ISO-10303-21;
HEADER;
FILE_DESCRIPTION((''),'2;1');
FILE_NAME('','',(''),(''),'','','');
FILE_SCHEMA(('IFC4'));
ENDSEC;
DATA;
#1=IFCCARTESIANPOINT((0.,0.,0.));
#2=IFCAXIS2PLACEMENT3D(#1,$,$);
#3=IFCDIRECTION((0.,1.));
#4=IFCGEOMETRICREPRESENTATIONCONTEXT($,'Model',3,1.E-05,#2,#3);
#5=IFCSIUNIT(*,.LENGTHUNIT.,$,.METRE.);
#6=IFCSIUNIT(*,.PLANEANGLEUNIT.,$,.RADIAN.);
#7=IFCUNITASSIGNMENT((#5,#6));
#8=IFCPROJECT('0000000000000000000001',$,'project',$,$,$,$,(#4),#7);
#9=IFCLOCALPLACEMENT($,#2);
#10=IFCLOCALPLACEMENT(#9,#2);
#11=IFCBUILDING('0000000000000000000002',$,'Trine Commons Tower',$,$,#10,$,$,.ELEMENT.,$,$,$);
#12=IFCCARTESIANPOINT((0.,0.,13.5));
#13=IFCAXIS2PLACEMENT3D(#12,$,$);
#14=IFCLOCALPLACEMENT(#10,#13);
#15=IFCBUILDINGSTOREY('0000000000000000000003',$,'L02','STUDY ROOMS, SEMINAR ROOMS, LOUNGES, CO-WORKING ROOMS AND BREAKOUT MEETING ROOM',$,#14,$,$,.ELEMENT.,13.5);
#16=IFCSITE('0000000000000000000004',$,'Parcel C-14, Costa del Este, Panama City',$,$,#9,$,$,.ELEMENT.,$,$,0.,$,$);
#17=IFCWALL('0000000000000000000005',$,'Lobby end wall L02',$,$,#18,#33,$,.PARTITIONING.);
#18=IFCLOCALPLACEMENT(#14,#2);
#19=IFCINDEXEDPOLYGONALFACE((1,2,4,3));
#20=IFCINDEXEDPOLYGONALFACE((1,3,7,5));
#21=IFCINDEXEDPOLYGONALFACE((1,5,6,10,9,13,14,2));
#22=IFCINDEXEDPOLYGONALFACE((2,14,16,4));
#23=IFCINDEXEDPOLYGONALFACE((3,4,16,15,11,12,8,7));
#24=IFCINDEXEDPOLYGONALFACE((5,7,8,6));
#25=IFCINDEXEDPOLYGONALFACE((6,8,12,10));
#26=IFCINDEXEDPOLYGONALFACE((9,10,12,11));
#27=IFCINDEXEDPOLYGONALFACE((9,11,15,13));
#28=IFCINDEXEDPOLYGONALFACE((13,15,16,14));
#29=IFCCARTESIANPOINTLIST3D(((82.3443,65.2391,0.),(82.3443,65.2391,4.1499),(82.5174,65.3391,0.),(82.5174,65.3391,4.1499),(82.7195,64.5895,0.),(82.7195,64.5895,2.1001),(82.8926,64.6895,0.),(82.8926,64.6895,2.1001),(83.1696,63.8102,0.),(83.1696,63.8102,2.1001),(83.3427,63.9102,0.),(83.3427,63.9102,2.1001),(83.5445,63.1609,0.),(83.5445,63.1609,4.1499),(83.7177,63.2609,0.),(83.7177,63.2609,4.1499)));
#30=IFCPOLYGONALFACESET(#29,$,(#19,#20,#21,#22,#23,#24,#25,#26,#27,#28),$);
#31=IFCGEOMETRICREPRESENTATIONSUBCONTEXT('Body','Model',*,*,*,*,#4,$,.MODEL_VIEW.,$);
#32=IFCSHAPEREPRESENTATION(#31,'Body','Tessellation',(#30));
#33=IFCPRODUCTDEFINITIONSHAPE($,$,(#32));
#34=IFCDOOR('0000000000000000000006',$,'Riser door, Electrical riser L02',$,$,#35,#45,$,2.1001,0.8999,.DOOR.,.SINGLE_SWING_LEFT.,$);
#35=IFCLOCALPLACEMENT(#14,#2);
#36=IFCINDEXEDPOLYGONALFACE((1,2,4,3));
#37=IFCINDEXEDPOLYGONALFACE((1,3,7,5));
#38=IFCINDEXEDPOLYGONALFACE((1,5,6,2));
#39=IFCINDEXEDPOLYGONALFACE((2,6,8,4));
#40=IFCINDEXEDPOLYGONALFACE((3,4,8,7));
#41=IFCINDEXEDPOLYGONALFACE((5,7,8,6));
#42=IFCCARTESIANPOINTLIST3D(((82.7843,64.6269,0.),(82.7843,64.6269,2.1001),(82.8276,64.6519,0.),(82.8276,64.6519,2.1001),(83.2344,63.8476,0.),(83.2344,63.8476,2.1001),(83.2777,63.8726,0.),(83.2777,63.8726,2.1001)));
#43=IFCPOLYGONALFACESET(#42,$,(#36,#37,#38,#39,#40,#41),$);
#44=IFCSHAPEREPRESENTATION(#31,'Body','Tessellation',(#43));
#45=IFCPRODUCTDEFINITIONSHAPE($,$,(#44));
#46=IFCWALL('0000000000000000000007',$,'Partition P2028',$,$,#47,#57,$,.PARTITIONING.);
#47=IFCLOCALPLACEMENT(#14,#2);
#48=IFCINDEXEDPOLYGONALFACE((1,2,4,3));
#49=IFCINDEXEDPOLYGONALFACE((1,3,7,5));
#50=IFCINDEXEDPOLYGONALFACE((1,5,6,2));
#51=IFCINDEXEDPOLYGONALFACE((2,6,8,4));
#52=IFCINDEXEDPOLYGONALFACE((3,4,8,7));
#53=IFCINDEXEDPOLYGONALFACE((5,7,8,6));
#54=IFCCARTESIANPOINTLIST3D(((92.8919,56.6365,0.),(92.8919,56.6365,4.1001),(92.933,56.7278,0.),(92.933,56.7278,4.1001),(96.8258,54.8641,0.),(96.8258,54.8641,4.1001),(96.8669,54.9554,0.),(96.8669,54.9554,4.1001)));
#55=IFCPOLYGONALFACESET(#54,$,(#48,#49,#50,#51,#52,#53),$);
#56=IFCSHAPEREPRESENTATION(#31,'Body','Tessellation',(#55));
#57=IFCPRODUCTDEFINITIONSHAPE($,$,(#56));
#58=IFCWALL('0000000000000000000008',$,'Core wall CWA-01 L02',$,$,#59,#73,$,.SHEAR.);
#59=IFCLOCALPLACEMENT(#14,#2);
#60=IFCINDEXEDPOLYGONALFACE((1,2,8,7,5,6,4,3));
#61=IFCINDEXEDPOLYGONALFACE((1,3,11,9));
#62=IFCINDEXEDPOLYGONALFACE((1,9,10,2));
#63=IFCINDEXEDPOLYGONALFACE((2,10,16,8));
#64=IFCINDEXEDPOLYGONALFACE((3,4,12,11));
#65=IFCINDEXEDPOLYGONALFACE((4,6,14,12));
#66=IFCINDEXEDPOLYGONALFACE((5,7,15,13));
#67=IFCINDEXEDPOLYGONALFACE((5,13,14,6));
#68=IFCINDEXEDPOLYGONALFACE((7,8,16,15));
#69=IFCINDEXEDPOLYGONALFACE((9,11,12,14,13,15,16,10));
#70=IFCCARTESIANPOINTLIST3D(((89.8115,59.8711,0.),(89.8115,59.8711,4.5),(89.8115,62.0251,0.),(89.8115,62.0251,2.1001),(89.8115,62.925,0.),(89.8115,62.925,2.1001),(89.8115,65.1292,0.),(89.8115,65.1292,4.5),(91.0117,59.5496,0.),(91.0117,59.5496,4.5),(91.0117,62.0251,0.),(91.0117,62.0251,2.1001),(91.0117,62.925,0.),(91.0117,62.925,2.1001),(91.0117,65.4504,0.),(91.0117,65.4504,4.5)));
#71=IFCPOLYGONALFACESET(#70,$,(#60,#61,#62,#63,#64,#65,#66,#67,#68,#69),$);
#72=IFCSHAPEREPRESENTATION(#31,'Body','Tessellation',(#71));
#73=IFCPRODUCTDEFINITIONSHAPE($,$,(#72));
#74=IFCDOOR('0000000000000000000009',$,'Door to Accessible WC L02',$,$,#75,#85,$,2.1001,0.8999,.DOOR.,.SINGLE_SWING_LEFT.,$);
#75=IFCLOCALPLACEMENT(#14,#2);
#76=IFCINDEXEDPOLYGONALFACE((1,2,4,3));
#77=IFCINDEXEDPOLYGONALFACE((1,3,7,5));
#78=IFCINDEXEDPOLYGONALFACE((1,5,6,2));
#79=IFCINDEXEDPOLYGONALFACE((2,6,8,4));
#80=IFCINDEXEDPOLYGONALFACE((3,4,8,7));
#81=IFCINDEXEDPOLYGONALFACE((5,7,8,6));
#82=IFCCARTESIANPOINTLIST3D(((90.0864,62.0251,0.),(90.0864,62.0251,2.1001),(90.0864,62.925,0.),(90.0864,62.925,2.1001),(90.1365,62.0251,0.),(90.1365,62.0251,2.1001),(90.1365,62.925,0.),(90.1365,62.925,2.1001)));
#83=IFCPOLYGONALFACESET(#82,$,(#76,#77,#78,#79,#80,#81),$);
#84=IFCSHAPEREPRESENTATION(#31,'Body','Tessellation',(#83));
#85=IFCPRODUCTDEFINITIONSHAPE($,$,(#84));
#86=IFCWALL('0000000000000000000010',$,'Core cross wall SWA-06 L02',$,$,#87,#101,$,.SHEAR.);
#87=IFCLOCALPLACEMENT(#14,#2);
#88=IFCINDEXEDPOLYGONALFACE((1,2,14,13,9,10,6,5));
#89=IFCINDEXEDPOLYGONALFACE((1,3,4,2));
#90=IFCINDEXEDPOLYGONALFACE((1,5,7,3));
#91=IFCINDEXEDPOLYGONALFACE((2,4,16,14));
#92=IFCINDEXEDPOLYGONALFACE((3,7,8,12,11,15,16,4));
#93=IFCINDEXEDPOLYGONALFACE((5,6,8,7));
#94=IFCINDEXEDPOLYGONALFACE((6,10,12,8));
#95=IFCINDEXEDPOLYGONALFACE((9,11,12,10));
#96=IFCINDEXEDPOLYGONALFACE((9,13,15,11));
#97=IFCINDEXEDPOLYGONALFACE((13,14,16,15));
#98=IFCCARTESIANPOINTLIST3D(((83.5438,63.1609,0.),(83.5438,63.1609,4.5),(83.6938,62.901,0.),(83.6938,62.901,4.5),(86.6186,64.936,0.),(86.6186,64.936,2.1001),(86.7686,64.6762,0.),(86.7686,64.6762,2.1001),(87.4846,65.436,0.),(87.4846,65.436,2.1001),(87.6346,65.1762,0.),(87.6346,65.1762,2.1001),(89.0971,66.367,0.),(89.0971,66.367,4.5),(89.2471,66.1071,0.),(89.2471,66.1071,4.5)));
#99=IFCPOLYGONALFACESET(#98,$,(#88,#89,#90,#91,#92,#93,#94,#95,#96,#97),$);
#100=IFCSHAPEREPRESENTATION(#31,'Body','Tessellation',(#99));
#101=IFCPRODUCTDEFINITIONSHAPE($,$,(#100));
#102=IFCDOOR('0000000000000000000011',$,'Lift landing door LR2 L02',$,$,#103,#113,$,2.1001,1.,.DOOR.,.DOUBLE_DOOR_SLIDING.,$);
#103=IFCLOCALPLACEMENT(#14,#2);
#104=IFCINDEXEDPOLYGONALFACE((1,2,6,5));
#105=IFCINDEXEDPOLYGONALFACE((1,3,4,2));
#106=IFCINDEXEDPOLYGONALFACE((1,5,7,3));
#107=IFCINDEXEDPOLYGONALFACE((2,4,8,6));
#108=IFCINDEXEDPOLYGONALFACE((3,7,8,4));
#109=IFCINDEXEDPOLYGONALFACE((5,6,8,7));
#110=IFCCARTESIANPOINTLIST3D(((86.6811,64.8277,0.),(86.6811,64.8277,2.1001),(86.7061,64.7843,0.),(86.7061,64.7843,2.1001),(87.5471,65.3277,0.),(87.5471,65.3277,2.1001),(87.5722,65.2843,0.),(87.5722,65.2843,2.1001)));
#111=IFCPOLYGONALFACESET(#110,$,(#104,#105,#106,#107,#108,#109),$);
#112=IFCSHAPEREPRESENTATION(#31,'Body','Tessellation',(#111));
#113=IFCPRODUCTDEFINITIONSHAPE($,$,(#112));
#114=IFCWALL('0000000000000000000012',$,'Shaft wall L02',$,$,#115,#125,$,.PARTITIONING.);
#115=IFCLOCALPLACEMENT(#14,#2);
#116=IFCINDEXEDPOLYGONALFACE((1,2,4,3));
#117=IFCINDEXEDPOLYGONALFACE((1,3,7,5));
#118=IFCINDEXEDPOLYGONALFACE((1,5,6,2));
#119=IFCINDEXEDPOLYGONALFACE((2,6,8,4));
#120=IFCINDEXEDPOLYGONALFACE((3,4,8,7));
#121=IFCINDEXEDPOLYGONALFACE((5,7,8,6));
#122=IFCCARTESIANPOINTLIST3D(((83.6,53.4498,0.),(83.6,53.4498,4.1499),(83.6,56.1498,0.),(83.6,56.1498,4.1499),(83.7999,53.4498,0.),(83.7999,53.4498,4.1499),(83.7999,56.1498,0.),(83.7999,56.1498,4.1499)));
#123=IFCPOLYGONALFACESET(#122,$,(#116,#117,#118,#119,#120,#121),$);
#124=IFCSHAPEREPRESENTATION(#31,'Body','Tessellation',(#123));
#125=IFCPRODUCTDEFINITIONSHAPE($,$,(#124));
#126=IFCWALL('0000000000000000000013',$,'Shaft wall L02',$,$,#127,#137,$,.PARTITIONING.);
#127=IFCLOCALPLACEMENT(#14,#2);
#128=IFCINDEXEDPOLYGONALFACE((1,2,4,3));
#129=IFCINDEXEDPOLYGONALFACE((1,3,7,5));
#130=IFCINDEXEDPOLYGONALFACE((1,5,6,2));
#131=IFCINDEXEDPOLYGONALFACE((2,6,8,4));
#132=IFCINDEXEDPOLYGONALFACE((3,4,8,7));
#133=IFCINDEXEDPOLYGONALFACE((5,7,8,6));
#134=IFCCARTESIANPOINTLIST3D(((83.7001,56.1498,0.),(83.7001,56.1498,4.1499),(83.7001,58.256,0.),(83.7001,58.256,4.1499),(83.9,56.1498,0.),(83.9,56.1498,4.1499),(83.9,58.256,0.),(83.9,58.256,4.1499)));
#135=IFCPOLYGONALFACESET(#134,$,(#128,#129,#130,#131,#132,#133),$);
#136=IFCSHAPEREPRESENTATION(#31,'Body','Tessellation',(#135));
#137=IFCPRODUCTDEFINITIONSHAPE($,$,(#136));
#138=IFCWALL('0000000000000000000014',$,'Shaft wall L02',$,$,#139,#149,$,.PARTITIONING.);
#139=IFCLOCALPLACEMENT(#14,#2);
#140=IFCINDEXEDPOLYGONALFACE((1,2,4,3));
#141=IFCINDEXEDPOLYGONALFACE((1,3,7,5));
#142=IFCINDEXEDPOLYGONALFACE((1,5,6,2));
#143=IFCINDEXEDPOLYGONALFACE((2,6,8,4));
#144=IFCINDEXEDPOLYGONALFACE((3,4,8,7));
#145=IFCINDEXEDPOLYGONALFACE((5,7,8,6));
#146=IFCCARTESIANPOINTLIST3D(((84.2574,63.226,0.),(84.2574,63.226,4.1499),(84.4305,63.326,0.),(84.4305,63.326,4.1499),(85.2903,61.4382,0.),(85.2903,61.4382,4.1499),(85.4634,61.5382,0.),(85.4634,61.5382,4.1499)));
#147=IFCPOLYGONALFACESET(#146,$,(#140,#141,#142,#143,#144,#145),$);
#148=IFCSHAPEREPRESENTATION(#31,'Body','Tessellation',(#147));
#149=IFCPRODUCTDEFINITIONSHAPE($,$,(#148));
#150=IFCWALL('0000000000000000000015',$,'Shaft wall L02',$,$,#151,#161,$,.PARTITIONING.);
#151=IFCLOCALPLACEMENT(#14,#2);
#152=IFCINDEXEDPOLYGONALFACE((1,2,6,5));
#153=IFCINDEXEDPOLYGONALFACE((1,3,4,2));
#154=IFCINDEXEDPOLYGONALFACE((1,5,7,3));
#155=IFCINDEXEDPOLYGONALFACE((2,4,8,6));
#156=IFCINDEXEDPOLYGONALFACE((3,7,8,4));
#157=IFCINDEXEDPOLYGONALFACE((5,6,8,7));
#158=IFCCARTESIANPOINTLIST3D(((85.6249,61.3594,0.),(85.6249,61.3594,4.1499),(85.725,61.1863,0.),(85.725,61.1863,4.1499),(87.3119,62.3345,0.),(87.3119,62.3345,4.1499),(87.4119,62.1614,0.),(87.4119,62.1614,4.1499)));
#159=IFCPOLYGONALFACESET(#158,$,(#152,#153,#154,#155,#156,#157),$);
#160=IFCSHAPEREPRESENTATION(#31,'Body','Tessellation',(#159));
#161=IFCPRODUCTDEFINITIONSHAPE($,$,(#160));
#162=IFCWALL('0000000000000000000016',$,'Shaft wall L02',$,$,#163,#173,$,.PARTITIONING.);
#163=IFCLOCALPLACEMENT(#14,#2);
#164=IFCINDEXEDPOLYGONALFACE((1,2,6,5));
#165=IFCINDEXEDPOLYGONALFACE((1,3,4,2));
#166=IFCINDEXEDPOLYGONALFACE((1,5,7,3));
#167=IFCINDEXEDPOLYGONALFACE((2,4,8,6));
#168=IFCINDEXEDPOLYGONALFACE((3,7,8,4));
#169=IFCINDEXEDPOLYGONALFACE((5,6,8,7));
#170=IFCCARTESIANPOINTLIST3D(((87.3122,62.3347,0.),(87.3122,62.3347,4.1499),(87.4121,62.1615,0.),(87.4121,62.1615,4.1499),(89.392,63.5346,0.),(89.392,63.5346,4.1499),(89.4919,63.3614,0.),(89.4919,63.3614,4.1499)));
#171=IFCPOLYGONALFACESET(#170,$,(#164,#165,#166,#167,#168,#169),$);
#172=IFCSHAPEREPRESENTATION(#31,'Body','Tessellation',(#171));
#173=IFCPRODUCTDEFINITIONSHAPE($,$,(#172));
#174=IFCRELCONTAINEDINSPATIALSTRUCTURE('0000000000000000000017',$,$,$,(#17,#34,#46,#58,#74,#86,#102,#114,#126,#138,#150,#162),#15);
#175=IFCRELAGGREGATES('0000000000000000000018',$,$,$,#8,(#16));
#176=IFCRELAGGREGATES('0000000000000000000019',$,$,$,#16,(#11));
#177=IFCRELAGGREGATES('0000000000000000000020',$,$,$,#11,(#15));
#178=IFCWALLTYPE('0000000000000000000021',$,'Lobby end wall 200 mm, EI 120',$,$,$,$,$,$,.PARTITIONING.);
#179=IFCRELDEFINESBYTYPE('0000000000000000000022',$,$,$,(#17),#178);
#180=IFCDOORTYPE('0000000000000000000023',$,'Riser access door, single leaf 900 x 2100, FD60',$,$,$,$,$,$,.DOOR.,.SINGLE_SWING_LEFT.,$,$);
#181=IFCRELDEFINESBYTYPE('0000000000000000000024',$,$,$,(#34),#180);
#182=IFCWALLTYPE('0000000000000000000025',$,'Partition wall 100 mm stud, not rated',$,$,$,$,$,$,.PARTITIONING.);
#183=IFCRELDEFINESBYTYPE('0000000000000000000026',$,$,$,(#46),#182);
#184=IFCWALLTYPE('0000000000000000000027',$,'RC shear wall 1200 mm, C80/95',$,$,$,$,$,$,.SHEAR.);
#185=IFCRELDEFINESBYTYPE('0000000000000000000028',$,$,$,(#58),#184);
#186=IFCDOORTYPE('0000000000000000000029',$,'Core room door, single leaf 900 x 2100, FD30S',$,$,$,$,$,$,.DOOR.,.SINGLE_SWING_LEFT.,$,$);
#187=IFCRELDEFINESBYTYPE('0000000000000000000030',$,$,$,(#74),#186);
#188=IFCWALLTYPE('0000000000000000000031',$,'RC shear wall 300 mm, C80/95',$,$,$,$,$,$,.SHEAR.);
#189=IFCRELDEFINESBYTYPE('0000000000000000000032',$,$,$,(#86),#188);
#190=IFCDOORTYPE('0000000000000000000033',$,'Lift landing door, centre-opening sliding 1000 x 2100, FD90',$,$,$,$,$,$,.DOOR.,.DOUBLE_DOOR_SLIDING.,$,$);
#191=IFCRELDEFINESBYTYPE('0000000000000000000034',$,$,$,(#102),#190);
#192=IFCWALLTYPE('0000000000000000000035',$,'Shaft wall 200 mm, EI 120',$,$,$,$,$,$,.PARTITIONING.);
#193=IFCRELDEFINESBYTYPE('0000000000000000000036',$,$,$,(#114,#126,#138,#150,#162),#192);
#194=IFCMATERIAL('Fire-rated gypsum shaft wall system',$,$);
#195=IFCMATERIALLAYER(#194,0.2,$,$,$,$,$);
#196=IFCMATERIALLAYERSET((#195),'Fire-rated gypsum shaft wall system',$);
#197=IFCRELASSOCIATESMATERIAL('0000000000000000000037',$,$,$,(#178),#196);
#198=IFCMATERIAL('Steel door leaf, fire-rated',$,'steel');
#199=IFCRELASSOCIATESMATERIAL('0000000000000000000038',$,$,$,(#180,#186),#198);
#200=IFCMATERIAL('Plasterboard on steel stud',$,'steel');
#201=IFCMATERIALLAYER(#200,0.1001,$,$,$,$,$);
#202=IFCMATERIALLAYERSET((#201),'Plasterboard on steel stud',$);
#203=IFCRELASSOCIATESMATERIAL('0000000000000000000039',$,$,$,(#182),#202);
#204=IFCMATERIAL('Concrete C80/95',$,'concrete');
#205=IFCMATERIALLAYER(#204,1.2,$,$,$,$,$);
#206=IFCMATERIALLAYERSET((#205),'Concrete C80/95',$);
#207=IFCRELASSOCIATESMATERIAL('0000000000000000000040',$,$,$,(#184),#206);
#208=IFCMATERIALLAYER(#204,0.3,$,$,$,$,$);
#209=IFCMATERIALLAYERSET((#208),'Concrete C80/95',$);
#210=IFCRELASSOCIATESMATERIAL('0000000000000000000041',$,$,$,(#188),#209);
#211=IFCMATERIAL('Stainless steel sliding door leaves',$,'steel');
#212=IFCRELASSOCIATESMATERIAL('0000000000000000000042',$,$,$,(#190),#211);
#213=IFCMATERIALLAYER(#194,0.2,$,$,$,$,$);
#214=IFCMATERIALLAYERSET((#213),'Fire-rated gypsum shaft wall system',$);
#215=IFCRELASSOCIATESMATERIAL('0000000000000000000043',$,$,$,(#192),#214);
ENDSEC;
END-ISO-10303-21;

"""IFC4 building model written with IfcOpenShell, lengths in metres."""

from ifc_helpers import new_model, si_unit, direction, frame, frame_2d, origin, place, context, subcontext, project, spatial, polyline, rectangle, outline, extrude, material, layer, layer_set, type_object, element, fill, save


model = new_model("IFC4")

# Units and contexts
model_context = context("Model", 3, precision=1e-05, world=origin(), true_north=direction((0.0, 1.0)))
body_context = subcontext(model_context, "Body", "Model", "MODEL_VIEW")
ifc_project = project(units=[si_unit("LENGTHUNIT", "METRE"), si_unit("PLANEANGLEUNIT", "RADIAN")], contexts=[model_context])

# Site, building, storey
site_placement = place(None, origin())
site = spatial("IfcSite", under=ifc_project, at=site_placement, Name="Parcel C-14, Costa del Este, Panama City", CompositionType="ELEMENT", RefElevation=0.0)
building_placement = place(site_placement, origin())
building = spatial("IfcBuilding", under=site, at=building_placement, Name="Trine Commons Tower", CompositionType="ELEMENT")
storey_placement = place(building_placement, frame((0.0, 0.0, 13.5)))
storey = spatial("IfcBuildingStorey", under=building, at=storey_placement, Name="L02", Description="STUDY ROOMS, SEMINAR ROOMS, LOUNGES, CO-WORKING ROOMS AND BREAKOUT MEETING ROOM", CompositionType="ELEMENT", Elevation=13.5)

# Shared definitions
ifc_material_1 = material(Name="Concrete C80/95", Category="concrete")

# Shared definitions
ifc_material_2 = material(Name="Plasterboard on steel stud", Category="steel")

# Wall, opening, door
ifc_material_3 = material(Name="Fire-rated gypsum shaft wall system")
ifc_layer_1 = layer(ifc_material_3, 0.2)
ifc_layer_set_1 = layer_set([ifc_layer_1], Name="Fire-rated gypsum shaft wall system")
wall_type_1 = type_object("IfcWallType", Name="Lobby end wall 200 mm, EI 120", PredefinedType="PARTITIONING", material=ifc_layer_set_1)
wall_1_placement = place(storey_placement, frame((83.6311, 63.2109, 0.0), z_axis=(0.0, 0.0, 1.0), x_axis=(-0.500122, 0.865955, 0.0)))
wall_1 = element("IfcWall", 1, at=wall_1_placement, inside=storey, type_object=wall_type_1, Name="Lobby end wall L02", PredefinedType="PARTITIONING", context=body_context, shape_type="SweptSolid", body=[
    extrude(rectangle(XDim=2.3999, YDim=0.2, at=frame_2d((1.2, 0.0))), origin(), (0.0, 0.0, 1.0), 4.1499),
])
opening_1_placement = place(wall_1_placement, frame((0.7498, 0.0, 0.0)))
opening_1 = element("IfcOpeningElement", 2, at=opening_1_placement, cuts=wall_1, PredefinedType="OPENING", context=body_context, shape_type="SweptSolid", body=[
    extrude(rectangle(XDim=0.8999, YDim=2.1001, at=frame_2d((0.45, 1.05))), frame((0.0, 0.1099, 0.0), z_axis=(0.0, -1.0, 0.0), x_axis=(1.0, 0.0, 0.0)), (0.0, 0.0, 1.0), 0.22),
])
ifc_material_4 = material(Name="Steel door leaf, fire-rated", Category="steel")
door_type_1 = type_object("IfcDoorType", Name="Riser access door, single leaf 900 x 2100, FD60", OperationType="SINGLE_SWING_LEFT", PredefinedType="DOOR", material=ifc_material_4)
door_1_placement = place(opening_1_placement, frame((0.8999, 0.0, 0.0), z_axis=(0.0, 0.0, 1.0), x_axis=(-1.0, 0.0, 0.0)))
door_1 = element("IfcDoor", 3, at=door_1_placement, inside=storey, type_object=door_type_1, Name="Riser door, Electrical riser L02", OperationType="SINGLE_SWING_LEFT", OverallHeight=2.1001, OverallWidth=0.8999, PredefinedType="DOOR", context=body_context, shape_type="SweptSolid", body=[
    extrude(rectangle(XDim=0.8999, YDim=2.1001, at=frame_2d((0.45, 1.05))), frame((0.0, 0.0249, 0.0), z_axis=(0.0, -1.0, 0.0), x_axis=(1.0, 0.0, 0.0)), (0.0, 0.0, 1.0), 0.05),
])
fill(opening_1, door_1)

# Wall
ifc_layer_2 = layer(ifc_material_2, 0.1001)
ifc_layer_set_2 = layer_set([ifc_layer_2], Name="Plasterboard on steel stud")
wall_type_2 = type_object("IfcWallType", Name="Partition wall 100 mm stud, not rated", PredefinedType="PARTITIONING", material=ifc_layer_set_2)
wall_2_placement = place(storey_placement, frame((92.9126, 56.6821, 0.0), z_axis=(0.0, 0.0, 1.0), x_axis=(0.911728, -0.410795, 0.0)))
element("IfcWall", 4, at=wall_2_placement, inside=storey, type_object=wall_type_2, Name="Partition P2028", PredefinedType="PARTITIONING", context=body_context, shape_type="SweptSolid", body=[
    extrude(rectangle(XDim=4.3147, YDim=0.1001, at=frame_2d((2.1572, 0.0))), origin(), (0.0, 0.0, 1.0), 4.1001),
])

# Walls, openings, doors
ifc_layer_3 = layer(ifc_material_1, 1.2)
ifc_layer_set_3 = layer_set([ifc_layer_3], Name="Concrete C80/95")
wall_type_3 = type_object("IfcWallType", Name="RC shear wall 1200 mm, C80/95", PredefinedType="SHEAR", material=ifc_layer_set_3)
wall_3_placement = place(storey_placement, frame((90.4116, 59.5496, 0.0), z_axis=(0.0, 0.0, 1.0), x_axis=(0.0, 1.0, 0.0)))
wall_3 = element("IfcWall", 5, at=wall_3_placement, inside=storey, type_object=wall_type_3, Name="Core wall CWA-01 L02", PredefinedType="SHEAR", context=body_context, shape_type="SweptSolid", body=[
    extrude(outline(polyline([(0.0, -0.6001), (5.9009, -0.6001), (5.5796, 0.6001), (0.3215, 0.6001), (0.0, -0.6001)])), origin(), (0.0, 0.0, 1.0), 4.5),
])
opening_2_placement = place(wall_3_placement, frame((2.4756, 0.0, 0.0)))
opening_2 = element("IfcOpeningElement", 6, at=opening_2_placement, cuts=wall_3, PredefinedType="OPENING", context=body_context, shape_type="SweptSolid", body=[
    extrude(rectangle(XDim=0.8999, YDim=2.1001, at=frame_2d((0.45, 1.05))), frame((0.0, 0.6099, 0.0), z_axis=(0.0, -1.0, 0.0), x_axis=(1.0, 0.0, 0.0)), (0.0, 0.0, 1.0), 1.22),
])
door_type_2 = type_object("IfcDoorType", Name="Core room door, single leaf 900 x 2100, FD30S", OperationType="SINGLE_SWING_LEFT", PredefinedType="DOOR", material=ifc_material_4)
door_2_placement = place(opening_2_placement, origin())
door_2 = element("IfcDoor", 7, at=door_2_placement, inside=storey, type_object=door_type_2, Name="Door to Accessible WC L02", OperationType="SINGLE_SWING_LEFT", OverallHeight=2.1001, OverallWidth=0.8999, PredefinedType="DOOR", context=body_context, shape_type="SweptSolid", body=[
    extrude(rectangle(XDim=0.8999, YDim=2.1001, at=frame_2d((0.45, 1.05))), frame((0.0, 0.3252, 0.0), z_axis=(0.0, -1.0, 0.0), x_axis=(1.0, 0.0, 0.0)), (0.0, 0.0, 1.0), 0.05),
])
fill(opening_2, door_2)
ifc_layer_4 = layer(ifc_material_1, 0.3)
ifc_layer_set_4 = layer_set([ifc_layer_4], Name="Concrete C80/95")
wall_type_4 = type_object("IfcWallType", Name="RC shear wall 300 mm, C80/95", PredefinedType="SHEAR", material=ifc_layer_set_4)
wall_4_placement = place(storey_placement, frame((83.6189, 63.031, 0.0), z_axis=(0.0, 0.0, 1.0), x_axis=(0.866032, 0.499988, 0.0)))
wall_4 = element("IfcWall", 8, at=wall_4_placement, inside=storey, type_object=wall_type_4, Name="Core cross wall SWA-06 L02", PredefinedType="SHEAR", context=body_context, shape_type="SweptSolid", body=[
    extrude(rectangle(XDim=6.4124, YDim=0.3, at=frame_2d((3.2061, 0.0))), origin(), (0.0, 0.0, 1.0), 4.5),
])
opening_3_placement = place(wall_4_placement, frame((3.5503, 0.0, 0.0)))
opening_3 = element("IfcOpeningElement", 9, at=opening_3_placement, cuts=wall_4, PredefinedType="OPENING", context=body_context, shape_type="SweptSolid", body=[
    extrude(rectangle(XDim=1.0, YDim=2.1001, at=frame_2d((0.5, 1.05))), frame((0.0, 0.1599, 0.0), z_axis=(0.0, -1.0, 0.0), x_axis=(1.0, 0.0, 0.0)), (0.0, 0.0, 1.0), 0.3201),
])
ifc_material_5 = material(Name="Stainless steel sliding door leaves", Category="steel")
door_type_3 = type_object("IfcDoorType", Name="Lift landing door, centre-opening sliding 1000 x 2100, FD90", OperationType="DOUBLE_DOOR_SLIDING", PredefinedType="DOOR", material=ifc_material_5)
door_3_placement = place(opening_3_placement, origin())
door_3 = element("IfcDoor", 10, at=door_3_placement, inside=storey, type_object=door_type_3, Name="Lift landing door LR2 L02", OperationType="DOUBLE_DOOR_SLIDING", OverallHeight=2.1001, OverallWidth=1.0, PredefinedType="DOOR", context=body_context, shape_type="SweptSolid", body=[
    extrude(rectangle(XDim=1.0, YDim=2.1001, at=frame_2d((0.5, 1.05))), frame((0.0, 0.0249, 0.0), z_axis=(0.0, -1.0, 0.0), x_axis=(1.0, 0.0, 0.0)), (0.0, 0.0, 1.0), 0.05),
])
fill(opening_3, door_3)

# Walls
ifc_layer_5 = layer(ifc_material_3, 0.2)
ifc_layer_set_5 = layer_set([ifc_layer_5], Name="Fire-rated gypsum shaft wall system")
wall_type_5 = type_object("IfcWallType", Name="Shaft wall 200 mm, EI 120", PredefinedType="PARTITIONING", material=ifc_layer_set_5)
wall_5_placement = place(storey_placement, frame((83.7, 56.1499, 0.0), z_axis=(0.0, 0.0, 1.0), x_axis=(0.0, -1.0, 0.0)))
element("IfcWall", 11, at=wall_5_placement, inside=storey, type_object=wall_type_5, Name="Shaft wall L02", PredefinedType="PARTITIONING", context=body_context, shape_type="SweptSolid", body=[
    extrude(rectangle(XDim=2.7, YDim=0.2, at=frame_2d((1.3501, 0.0))), origin(), (0.0, 0.0, 1.0), 4.1499),
])
wall_6_placement = place(storey_placement, frame((83.8, 58.2561, 0.0), z_axis=(0.0, 0.0, 1.0), x_axis=(0.0, -1.0, 0.0)))
element("IfcWall", 12, at=wall_6_placement, inside=storey, type_object=wall_type_5, Name="Shaft wall L02", PredefinedType="PARTITIONING", context=body_context, shape_type="SweptSolid", body=[
    extrude(rectangle(XDim=2.1062, YDim=0.2, at=frame_2d((1.0532, 0.0))), origin(), (0.0, 0.0, 1.0), 4.1499),
])
wall_7_placement = place(storey_placement, frame((84.344, 63.2759, 0.0), z_axis=(0.0, 0.0, 1.0), x_axis=(0.500272, -0.865868, 0.0)))
element("IfcWall", 13, at=wall_7_placement, inside=storey, type_object=wall_type_5, Name="Shaft wall L02", PredefinedType="PARTITIONING", context=body_context, shape_type="SweptSolid", body=[
    extrude(rectangle(XDim=2.0647, YDim=0.2, at=frame_2d((1.0322, 0.0))), origin(), (0.0, 0.0, 1.0), 4.1499),
])
wall_8_placement = place(storey_placement, frame((85.675, 61.2729, 0.0), z_axis=(0.0, 0.0, 1.0), x_axis=(0.865781, 0.500424, 0.0)))
element("IfcWall", 14, at=wall_8_placement, inside=storey, type_object=wall_type_5, Name="Shaft wall L02", PredefinedType="PARTITIONING", context=body_context, shape_type="SweptSolid", body=[
    extrude(rectangle(XDim=1.9485, YDim=0.2, at=frame_2d((0.9741, 0.0))), origin(), (0.0, 0.0, 1.0), 4.1499),
])
wall_9_placement = place(storey_placement, frame((87.3621, 62.248, 0.0), z_axis=(0.0, 0.0, 1.0), x_axis=(0.866177, 0.499737, 0.0)))
element("IfcWall", 15, at=wall_9_placement, inside=storey, type_object=wall_type_5, Name="Shaft wall L02", PredefinedType="PARTITIONING", context=body_context, shape_type="SweptSolid", body=[
    extrude(rectangle(XDim=2.4011, YDim=0.2, at=frame_2d((1.2007, 0.0))), origin(), (0.0, 0.0, 1.0), 4.1499),
])

save(model, "model.ifc")
